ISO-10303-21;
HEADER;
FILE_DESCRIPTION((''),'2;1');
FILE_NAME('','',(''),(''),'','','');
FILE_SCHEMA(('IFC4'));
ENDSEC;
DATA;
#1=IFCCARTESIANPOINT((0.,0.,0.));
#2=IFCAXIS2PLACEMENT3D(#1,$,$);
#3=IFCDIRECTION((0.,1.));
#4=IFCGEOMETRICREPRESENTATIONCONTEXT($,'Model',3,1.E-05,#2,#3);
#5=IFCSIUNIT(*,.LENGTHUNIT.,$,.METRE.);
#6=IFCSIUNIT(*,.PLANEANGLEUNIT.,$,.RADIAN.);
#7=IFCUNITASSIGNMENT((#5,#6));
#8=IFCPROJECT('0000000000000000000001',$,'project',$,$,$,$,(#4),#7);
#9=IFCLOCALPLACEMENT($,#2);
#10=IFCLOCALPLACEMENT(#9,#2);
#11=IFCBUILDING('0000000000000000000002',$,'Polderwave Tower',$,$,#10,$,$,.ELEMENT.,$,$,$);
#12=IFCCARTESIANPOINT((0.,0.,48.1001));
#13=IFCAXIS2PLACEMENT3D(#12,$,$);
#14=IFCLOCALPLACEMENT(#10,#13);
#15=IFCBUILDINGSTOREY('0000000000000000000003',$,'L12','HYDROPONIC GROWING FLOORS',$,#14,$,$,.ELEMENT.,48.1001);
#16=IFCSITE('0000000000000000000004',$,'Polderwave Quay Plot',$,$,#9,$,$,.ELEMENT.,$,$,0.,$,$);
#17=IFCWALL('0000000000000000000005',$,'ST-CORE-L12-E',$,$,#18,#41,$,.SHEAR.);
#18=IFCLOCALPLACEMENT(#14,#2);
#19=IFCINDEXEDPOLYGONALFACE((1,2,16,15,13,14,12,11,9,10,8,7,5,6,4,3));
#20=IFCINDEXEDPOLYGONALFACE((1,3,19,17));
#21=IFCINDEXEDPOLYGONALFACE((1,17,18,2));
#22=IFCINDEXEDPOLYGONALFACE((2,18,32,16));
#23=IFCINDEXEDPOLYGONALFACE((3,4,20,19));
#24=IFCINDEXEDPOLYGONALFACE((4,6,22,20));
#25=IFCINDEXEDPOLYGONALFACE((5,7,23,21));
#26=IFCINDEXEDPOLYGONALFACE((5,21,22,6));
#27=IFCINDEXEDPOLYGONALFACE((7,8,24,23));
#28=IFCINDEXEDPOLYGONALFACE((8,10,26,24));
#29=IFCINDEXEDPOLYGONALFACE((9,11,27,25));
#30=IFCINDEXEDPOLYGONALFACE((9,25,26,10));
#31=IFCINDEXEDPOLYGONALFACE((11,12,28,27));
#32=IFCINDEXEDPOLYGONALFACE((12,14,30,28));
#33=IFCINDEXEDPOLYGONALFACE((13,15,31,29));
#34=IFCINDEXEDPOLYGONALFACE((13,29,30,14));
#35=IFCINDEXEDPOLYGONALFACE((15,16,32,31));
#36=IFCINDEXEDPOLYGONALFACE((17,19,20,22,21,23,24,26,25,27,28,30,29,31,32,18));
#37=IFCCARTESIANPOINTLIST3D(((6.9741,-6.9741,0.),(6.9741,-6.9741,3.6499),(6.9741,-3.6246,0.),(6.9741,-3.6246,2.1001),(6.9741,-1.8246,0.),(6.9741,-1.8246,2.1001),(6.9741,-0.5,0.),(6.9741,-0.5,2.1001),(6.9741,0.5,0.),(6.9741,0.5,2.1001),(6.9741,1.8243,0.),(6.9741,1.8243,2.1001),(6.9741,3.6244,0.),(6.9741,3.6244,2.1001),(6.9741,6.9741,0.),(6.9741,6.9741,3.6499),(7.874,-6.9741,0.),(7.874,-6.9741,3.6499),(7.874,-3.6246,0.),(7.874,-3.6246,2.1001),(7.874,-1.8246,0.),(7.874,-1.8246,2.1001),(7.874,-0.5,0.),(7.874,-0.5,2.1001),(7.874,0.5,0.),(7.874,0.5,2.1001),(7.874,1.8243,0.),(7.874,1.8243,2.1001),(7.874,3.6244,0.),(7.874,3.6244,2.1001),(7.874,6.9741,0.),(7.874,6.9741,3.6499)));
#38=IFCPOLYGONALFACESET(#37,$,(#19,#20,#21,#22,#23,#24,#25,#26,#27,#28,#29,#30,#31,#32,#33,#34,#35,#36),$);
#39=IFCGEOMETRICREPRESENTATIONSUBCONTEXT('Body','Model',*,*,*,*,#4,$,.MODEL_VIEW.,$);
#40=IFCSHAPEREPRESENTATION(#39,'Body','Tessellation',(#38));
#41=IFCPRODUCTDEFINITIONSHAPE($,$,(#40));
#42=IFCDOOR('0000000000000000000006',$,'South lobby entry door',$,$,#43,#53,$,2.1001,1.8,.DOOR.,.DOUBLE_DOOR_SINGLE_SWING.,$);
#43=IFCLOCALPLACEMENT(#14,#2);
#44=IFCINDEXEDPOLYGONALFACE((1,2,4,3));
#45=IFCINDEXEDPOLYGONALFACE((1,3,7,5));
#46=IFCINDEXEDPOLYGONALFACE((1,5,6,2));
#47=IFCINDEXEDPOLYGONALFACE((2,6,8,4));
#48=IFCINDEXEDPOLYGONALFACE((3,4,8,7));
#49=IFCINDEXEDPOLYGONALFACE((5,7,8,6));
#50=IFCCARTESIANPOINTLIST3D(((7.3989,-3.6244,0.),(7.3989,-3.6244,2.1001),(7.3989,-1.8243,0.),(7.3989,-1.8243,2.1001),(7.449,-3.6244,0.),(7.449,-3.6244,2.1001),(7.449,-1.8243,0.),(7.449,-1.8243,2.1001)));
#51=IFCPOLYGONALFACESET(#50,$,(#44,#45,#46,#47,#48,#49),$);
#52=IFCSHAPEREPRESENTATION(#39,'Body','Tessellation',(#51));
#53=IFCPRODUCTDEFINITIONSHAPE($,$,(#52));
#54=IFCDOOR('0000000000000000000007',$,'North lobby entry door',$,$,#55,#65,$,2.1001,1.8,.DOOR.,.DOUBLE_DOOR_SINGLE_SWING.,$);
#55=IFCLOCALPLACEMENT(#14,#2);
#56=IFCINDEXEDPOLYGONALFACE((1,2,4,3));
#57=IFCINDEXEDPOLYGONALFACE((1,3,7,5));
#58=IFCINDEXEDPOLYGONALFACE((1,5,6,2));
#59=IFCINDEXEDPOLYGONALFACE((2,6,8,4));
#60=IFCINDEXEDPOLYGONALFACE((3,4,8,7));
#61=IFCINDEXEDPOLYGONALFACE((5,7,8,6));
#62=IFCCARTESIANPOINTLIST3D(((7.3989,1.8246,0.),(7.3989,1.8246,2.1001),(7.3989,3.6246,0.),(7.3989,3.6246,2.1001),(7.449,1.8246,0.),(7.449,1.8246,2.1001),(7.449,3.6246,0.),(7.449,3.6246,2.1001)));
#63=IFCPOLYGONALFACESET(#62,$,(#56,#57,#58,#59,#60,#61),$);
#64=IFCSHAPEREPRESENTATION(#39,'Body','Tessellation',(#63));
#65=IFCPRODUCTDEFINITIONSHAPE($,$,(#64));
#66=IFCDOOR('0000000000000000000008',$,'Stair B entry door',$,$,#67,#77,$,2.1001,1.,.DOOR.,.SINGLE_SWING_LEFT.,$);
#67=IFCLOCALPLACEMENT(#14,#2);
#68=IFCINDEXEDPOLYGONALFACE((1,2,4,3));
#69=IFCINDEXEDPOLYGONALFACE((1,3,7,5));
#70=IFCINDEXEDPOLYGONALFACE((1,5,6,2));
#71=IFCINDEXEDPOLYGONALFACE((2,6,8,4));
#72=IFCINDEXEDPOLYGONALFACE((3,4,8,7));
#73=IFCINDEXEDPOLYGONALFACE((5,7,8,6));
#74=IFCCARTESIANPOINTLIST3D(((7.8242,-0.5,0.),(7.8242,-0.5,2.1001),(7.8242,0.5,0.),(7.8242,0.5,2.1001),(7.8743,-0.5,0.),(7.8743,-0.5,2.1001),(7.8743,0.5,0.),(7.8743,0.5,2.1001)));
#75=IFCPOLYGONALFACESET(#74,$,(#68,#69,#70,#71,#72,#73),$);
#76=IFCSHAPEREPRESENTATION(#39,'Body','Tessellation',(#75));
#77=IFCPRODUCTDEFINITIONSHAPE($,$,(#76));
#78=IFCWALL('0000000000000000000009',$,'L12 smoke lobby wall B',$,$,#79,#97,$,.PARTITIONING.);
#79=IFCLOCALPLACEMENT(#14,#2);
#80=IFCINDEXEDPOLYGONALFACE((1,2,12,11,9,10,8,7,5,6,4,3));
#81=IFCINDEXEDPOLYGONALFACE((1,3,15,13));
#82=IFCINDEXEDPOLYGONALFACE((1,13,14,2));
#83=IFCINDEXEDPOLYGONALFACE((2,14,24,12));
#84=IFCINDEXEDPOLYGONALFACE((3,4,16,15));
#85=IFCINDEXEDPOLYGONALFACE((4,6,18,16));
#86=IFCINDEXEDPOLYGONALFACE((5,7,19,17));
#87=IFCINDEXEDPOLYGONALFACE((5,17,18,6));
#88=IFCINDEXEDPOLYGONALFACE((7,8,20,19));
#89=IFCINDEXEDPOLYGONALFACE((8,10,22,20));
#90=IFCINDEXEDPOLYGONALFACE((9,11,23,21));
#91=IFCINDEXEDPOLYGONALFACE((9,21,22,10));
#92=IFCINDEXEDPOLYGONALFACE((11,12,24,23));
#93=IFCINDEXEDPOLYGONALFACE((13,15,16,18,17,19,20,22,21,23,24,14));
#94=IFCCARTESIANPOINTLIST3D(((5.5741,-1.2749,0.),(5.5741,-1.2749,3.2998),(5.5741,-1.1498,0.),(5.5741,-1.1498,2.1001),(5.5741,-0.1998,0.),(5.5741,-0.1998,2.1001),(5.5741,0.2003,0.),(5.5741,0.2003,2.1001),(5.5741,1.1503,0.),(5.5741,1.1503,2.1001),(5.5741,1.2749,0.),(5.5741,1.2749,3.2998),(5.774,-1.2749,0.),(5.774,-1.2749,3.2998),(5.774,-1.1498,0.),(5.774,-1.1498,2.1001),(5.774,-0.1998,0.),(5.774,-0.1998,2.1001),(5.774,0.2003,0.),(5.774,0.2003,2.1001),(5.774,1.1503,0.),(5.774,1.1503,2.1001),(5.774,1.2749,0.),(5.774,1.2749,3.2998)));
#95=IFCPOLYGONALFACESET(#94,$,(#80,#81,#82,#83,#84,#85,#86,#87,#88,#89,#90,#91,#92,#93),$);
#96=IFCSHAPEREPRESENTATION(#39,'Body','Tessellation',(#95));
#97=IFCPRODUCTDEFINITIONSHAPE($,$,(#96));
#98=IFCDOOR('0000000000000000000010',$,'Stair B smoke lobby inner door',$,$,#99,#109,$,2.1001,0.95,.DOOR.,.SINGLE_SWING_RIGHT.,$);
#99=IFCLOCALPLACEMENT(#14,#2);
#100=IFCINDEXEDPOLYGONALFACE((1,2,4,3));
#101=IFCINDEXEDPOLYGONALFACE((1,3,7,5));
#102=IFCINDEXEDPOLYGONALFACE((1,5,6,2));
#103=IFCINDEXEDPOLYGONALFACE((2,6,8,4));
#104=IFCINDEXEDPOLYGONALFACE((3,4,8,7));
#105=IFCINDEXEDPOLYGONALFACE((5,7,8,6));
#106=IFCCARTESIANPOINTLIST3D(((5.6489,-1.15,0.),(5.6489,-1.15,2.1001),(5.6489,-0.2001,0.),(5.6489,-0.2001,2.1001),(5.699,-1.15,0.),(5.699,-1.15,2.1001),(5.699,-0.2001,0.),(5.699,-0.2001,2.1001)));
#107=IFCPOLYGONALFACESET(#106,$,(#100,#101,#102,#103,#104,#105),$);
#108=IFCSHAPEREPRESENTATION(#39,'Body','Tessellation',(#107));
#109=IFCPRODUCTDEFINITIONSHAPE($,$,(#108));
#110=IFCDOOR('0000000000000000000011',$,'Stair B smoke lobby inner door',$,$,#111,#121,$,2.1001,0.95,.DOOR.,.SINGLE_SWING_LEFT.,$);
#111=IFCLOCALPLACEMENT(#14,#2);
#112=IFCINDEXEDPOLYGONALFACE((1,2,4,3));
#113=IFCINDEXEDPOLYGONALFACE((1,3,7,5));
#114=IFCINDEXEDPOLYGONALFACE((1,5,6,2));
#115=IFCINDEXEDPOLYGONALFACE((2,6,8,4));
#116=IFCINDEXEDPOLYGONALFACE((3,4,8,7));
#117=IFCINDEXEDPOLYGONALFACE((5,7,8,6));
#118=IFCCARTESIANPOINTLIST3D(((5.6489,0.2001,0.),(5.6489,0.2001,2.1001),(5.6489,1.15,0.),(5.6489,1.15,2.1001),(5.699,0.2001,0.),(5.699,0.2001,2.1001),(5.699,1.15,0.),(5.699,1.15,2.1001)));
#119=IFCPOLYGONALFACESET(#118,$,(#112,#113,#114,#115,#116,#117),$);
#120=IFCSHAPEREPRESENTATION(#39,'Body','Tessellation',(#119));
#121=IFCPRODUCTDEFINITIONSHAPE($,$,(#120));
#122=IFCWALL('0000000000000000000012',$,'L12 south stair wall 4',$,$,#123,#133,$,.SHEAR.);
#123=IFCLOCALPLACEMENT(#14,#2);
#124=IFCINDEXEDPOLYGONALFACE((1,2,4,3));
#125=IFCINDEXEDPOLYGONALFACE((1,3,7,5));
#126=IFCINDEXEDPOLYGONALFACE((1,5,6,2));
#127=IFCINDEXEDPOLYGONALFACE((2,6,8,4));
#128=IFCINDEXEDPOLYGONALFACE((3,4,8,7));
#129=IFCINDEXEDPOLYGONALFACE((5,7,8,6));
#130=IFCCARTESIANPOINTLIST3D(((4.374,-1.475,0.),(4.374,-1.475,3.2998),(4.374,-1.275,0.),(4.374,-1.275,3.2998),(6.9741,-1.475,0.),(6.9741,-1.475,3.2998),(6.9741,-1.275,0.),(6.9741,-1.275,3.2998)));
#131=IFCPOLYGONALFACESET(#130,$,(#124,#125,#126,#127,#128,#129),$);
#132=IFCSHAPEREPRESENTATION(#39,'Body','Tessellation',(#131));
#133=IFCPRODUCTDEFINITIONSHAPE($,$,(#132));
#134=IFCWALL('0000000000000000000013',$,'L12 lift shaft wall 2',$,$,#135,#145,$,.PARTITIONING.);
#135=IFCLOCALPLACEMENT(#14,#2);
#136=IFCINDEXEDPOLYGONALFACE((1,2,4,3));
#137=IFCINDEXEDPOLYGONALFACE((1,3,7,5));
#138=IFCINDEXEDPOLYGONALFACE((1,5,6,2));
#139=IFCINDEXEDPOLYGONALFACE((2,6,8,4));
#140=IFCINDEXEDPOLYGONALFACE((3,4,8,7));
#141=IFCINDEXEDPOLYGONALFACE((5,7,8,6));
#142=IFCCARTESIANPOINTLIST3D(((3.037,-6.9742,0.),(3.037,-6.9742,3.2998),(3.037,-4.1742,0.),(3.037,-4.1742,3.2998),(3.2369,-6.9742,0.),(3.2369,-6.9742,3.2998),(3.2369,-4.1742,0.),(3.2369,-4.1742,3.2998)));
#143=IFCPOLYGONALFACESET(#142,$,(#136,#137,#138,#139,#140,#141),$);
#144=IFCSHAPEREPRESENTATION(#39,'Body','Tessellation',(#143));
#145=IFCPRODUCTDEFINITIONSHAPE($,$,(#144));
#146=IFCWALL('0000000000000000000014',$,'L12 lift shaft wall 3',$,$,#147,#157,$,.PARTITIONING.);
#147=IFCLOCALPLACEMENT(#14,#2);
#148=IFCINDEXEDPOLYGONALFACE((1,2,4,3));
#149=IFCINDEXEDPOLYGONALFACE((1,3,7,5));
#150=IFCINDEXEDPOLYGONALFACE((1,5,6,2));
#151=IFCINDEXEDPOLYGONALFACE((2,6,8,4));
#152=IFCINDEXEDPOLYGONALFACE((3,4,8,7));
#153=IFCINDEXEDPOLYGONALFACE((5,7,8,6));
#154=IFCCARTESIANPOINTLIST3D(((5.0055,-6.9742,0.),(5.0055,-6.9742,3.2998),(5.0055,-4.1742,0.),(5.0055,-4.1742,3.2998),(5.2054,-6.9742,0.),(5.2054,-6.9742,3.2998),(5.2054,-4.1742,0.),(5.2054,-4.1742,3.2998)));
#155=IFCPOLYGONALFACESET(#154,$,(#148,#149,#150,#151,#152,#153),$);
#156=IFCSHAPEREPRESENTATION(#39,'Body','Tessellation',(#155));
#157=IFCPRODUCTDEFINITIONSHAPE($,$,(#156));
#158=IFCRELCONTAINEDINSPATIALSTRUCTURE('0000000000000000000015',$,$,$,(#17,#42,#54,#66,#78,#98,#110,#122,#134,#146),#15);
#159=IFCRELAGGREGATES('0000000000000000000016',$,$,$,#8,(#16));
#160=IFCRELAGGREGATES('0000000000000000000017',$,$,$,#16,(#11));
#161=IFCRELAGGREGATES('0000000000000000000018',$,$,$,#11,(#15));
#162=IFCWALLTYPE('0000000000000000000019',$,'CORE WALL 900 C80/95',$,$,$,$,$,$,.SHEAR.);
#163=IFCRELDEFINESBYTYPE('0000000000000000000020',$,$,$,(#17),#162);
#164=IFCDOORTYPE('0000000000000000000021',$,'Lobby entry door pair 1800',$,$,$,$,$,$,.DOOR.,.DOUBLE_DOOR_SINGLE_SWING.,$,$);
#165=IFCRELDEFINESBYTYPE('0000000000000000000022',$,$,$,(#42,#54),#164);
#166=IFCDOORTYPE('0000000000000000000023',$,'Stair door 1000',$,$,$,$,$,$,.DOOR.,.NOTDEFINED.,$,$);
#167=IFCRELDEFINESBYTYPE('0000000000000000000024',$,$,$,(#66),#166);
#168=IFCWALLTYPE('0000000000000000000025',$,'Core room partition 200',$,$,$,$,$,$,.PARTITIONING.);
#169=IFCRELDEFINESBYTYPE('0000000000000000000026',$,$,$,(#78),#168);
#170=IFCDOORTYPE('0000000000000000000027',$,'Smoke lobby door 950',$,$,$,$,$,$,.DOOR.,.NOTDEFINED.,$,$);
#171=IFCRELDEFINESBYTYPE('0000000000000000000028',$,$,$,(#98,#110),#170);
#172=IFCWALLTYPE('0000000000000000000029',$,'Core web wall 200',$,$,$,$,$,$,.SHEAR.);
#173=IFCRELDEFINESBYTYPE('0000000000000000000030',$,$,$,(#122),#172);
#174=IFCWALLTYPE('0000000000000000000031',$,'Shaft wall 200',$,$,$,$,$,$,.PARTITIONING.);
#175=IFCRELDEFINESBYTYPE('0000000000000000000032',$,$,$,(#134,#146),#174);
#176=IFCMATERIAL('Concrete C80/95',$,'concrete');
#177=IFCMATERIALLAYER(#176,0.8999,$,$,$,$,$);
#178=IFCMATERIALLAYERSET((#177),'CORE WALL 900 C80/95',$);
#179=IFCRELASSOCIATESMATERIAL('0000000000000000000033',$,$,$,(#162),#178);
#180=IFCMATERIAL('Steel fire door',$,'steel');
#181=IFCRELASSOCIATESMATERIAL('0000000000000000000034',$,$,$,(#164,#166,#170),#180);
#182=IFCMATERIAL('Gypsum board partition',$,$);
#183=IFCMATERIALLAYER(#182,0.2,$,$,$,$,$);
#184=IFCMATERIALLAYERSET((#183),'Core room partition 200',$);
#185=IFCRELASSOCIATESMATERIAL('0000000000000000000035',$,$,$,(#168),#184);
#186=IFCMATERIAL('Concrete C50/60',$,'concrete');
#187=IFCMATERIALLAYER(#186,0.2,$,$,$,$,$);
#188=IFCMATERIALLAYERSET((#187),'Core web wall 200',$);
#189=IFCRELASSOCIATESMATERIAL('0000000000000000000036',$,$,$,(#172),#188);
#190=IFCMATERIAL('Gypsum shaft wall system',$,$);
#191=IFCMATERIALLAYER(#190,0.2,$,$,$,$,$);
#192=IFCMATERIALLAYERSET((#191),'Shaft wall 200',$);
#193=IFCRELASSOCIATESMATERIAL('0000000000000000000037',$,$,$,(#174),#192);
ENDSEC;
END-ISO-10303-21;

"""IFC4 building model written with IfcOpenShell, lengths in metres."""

from ifc_helpers import new_model, si_unit, direction, frame, frame_2d, origin, place, context, subcontext, project, spatial, rectangle, extrude, material, layer, layer_set, type_object, element, fill, save


model = new_model("IFC4")

# Units and contexts
model_context = context("Model", 3, precision=1e-05, world=origin(), true_north=direction((0.0, 1.0)))
body_context = subcontext(model_context, "Body", "Model", "MODEL_VIEW")
ifc_project = project(units=[si_unit("LENGTHUNIT", "METRE"), si_unit("PLANEANGLEUNIT", "RADIAN")], contexts=[model_context])

# Site, building, storey
site_placement = place(None, origin())
site = spatial("IfcSite", under=ifc_project, at=site_placement, Name="Polderwave Quay Plot", CompositionType="ELEMENT", RefElevation=0.0)
building_placement = place(site_placement, origin())
building = spatial("IfcBuilding", under=site, at=building_placement, Name="Polderwave Tower", CompositionType="ELEMENT")
storey_placement = place(building_placement, frame((0.0, 0.0, 48.1001)))
storey = spatial("IfcBuildingStorey", under=building, at=storey_placement, Name="L12", Description="HYDROPONIC GROWING FLOORS", CompositionType="ELEMENT", Elevation=48.1001)

# Walls, openings, doors
ifc_material_1 = material(Name="Concrete C80/95", Category="concrete")
ifc_layer_1 = layer(ifc_material_1, 0.8999)
ifc_layer_set_1 = layer_set([ifc_layer_1], Name="CORE WALL 900 C80/95")
wall_type_1 = type_object("IfcWallType", Name="CORE WALL 900 C80/95", PredefinedType="SHEAR", material=ifc_layer_set_1)
wall_1_placement = place(storey_placement, frame((7.4241, -6.9741, 0.0), z_axis=(0.0, 0.0, 1.0), x_axis=(0.0, 1.0, 0.0)))
wall_1 = element("IfcWall", 1, at=wall_1_placement, inside=storey, type_object=wall_type_1, Name="ST-CORE-L12-E", PredefinedType="SHEAR", context=body_context, shape_type="SweptSolid", body=[
    extrude(rectangle(XDim=13.9482, YDim=0.8999, at=frame_2d((6.9741, 0.0))), origin(), (0.0, 0.0, 1.0), 3.6499),
])
opening_1_placement = place(wall_1_placement, frame((6.4741, 0.0, 0.0)))
opening_1 = element("IfcOpeningElement", 2, at=opening_1_placement, cuts=wall_1, PredefinedType="OPENING", context=body_context, shape_type="SweptSolid", body=[
    extrude(rectangle(XDim=1.0, YDim=2.1001, at=frame_2d((0.5, 1.05))), frame((0.0, 0.46, 0.0), z_axis=(0.0, -1.0, 0.0), x_axis=(1.0, 0.0, 0.0)), (0.0, 0.0, 1.0), 0.9199),
])
opening_2_placement = place(wall_1_placement, frame((3.3496, 0.0, 0.0)))
opening_2 = element("IfcOpeningElement", 3, at=opening_2_placement, cuts=wall_1, PredefinedType="OPENING", context=body_context, shape_type="SweptSolid", body=[
    extrude(rectangle(XDim=1.8, YDim=2.1001, at=frame_2d((0.8999, 1.05))), frame((0.0, 0.46, 0.0), z_axis=(0.0, -1.0, 0.0), x_axis=(1.0, 0.0, 0.0)), (0.0, 0.0, 1.0), 0.9199),
])
opening_3_placement = place(wall_1_placement, frame((8.7986, 0.0, 0.0)))
opening_3 = element("IfcOpeningElement", 4, at=opening_3_placement, cuts=wall_1, PredefinedType="OPENING", context=body_context, shape_type="SweptSolid", body=[
    extrude(rectangle(XDim=1.8, YDim=2.1001, at=frame_2d((0.8999, 1.05))), frame((0.0, 0.46, 0.0), z_axis=(0.0, -1.0, 0.0), x_axis=(1.0, 0.0, 0.0)), (0.0, 0.0, 1.0), 0.9199),
])
ifc_material_2 = material(Name="Steel fire door", Category="steel")
door_type_1 = type_object("IfcDoorType", Name="Lobby entry door pair 1800", OperationType="DOUBLE_DOOR_SINGLE_SWING", PredefinedType="DOOR", material=ifc_material_2)
door_1_placement = place(opening_2_placement, frame((1.8, 0.0, 0.0), z_axis=(0.0, 0.0, 1.0), x_axis=(-1.0, 0.0, 0.0)))
door_1 = element("IfcDoor", 5, at=door_1_placement, inside=storey, type_object=door_type_1, Name="South lobby entry door", OperationType="DOUBLE_DOOR_SINGLE_SWING", OverallHeight=2.1001, OverallWidth=1.8, PredefinedType="DOOR", context=body_context, shape_type="SweptSolid", body=[
    extrude(rectangle(XDim=1.8, YDim=2.1001, at=frame_2d((0.8999, 1.05))), frame((0.0, 0.0249, 0.0), z_axis=(0.0, -1.0, 0.0), x_axis=(1.0, 0.0, 0.0)), (0.0, 0.0, 1.0), 0.05),
])
fill(opening_2, door_1)
door_2_placement = place(opening_3_placement, frame((1.8, 0.0, 0.0), z_axis=(0.0, 0.0, 1.0), x_axis=(-1.0, 0.0, 0.0)))
door_2 = element("IfcDoor", 6, at=door_2_placement, inside=storey, type_object=door_type_1, Name="North lobby entry door", OperationType="DOUBLE_DOOR_SINGLE_SWING", OverallHeight=2.1001, OverallWidth=1.8, PredefinedType="DOOR", context=body_context, shape_type="SweptSolid", body=[
    extrude(rectangle(XDim=1.8, YDim=2.1001, at=frame_2d((0.8999, 1.05))), frame((0.0, 0.0249, 0.0), z_axis=(0.0, -1.0, 0.0), x_axis=(1.0, 0.0, 0.0)), (0.0, 0.0, 1.0), 0.05),
])
fill(opening_3, door_2)
door_type_2 = type_object("IfcDoorType", Name="Stair door 1000", OperationType="NOTDEFINED", PredefinedType="DOOR", material=ifc_material_2)
door_3_placement = place(opening_1_placement, frame((1.0, 0.0, 0.0), z_axis=(0.0, 0.0, 1.0), x_axis=(-1.0, 0.0, 0.0)))
door_3 = element("IfcDoor", 7, at=door_3_placement, inside=storey, type_object=door_type_2, Name="Stair B entry door", OperationType="SINGLE_SWING_LEFT", OverallHeight=2.1001, OverallWidth=1.0, PredefinedType="DOOR", context=body_context, shape_type="SweptSolid", body=[
    extrude(rectangle(XDim=1.0, YDim=2.1001, at=frame_2d((0.5, 1.05))), frame((0.0, 0.4502, 0.0), z_axis=(0.0, -1.0, 0.0), x_axis=(1.0, 0.0, 0.0)), (0.0, 0.0, 1.0), 0.05),
])
fill(opening_1, door_3)
ifc_material_3 = material(Name="Gypsum board partition")
ifc_layer_2 = layer(ifc_material_3, 0.2)
ifc_layer_set_2 = layer_set([ifc_layer_2], Name="Core room partition 200")
wall_type_2 = type_object("IfcWallType", Name="Core room partition 200", PredefinedType="PARTITIONING", material=ifc_layer_set_2)
wall_2_placement = place(storey_placement, frame((5.6741, -1.2749, 0.0), z_axis=(0.0, 0.0, 1.0), x_axis=(0.0, 1.0, 0.0)))
wall_2 = element("IfcWall", 8, at=wall_2_placement, inside=storey, type_object=wall_type_2, Name="L12 smoke lobby wall B", PredefinedType="PARTITIONING", context=body_context, shape_type="SweptSolid", body=[
    extrude(rectangle(XDim=2.5498, YDim=0.2, at=frame_2d((1.2749, 0.0))), origin(), (0.0, 0.0, 1.0), 3.2998),
])
opening_4_placement = place(wall_2_placement, frame((0.125, 0.0, 0.0)))
opening_4 = element("IfcOpeningElement", 9, at=opening_4_placement, cuts=wall_2, PredefinedType="OPENING", context=body_context, shape_type="SweptSolid", body=[
    extrude(rectangle(XDim=0.95, YDim=2.1001, at=frame_2d((0.4751, 1.05))), frame((0.0, 0.1099, 0.0), z_axis=(0.0, -1.0, 0.0), x_axis=(1.0, 0.0, 0.0)), (0.0, 0.0, 1.0), 0.22),
])
opening_5_placement = place(wall_2_placement, frame((1.4751, 0.0, 0.0)))
opening_5 = element("IfcOpeningElement", 10, at=opening_5_placement, cuts=wall_2, PredefinedType="OPENING", context=body_context, shape_type="SweptSolid", body=[
    extrude(rectangle(XDim=0.95, YDim=2.1001, at=frame_2d((0.4751, 1.05))), frame((0.0, 0.1099, 0.0), z_axis=(0.0, -1.0, 0.0), x_axis=(1.0, 0.0, 0.0)), (0.0, 0.0, 1.0), 0.22),
])
door_type_3 = type_object("IfcDoorType", Name="Smoke lobby door 950", OperationType="NOTDEFINED", PredefinedType="DOOR", material=ifc_material_2)
door_4_placement = place(opening_4_placement, frame((0.95, 0.0, 0.0), z_axis=(0.0, 0.0, 1.0), x_axis=(-1.0, 0.0, 0.0)))
door_4 = element("IfcDoor", 11, at=door_4_placement, inside=storey, type_object=door_type_3, Name="Stair B smoke lobby inner door", OperationType="SINGLE_SWING_RIGHT", OverallHeight=2.1001, OverallWidth=0.95, PredefinedType="DOOR", context=body_context, shape_type="SweptSolid", body=[
    extrude(rectangle(XDim=0.95, YDim=2.1001, at=frame_2d((0.4751, 1.05))), frame((0.0, 0.0249, 0.0), z_axis=(0.0, -1.0, 0.0), x_axis=(1.0, 0.0, 0.0)), (0.0, 0.0, 1.0), 0.05),
])
fill(opening_4, door_4)
door_5_placement = place(opening_5_placement, frame((0.95, 0.0, 0.0), z_axis=(0.0, 0.0, 1.0), x_axis=(-1.0, 0.0, 0.0)))
door_5 = element("IfcDoor", 12, at=door_5_placement, inside=storey, type_object=door_type_3, Name="Stair B smoke lobby inner door", OperationType="SINGLE_SWING_LEFT", OverallHeight=2.1001, OverallWidth=0.95, PredefinedType="DOOR", context=body_context, shape_type="SweptSolid", body=[
    extrude(rectangle(XDim=0.95, YDim=2.1001, at=frame_2d((0.4751, 1.05))), frame((0.0, 0.0249, 0.0), z_axis=(0.0, -1.0, 0.0), x_axis=(1.0, 0.0, 0.0)), (0.0, 0.0, 1.0), 0.05),
])
fill(opening_5, door_5)

# Walls
ifc_material_4 = material(Name="Concrete C50/60", Category="concrete")
ifc_layer_3 = layer(ifc_material_4, 0.2)
ifc_layer_set_3 = layer_set([ifc_layer_3], Name="Core web wall 200")
wall_type_3 = type_object("IfcWallType", Name="Core web wall 200", PredefinedType="SHEAR", material=ifc_layer_set_3)
wall_3_placement = place(storey_placement, frame((4.374, -1.375, 0.0), z_axis=(0.0, 0.0, 1.0), x_axis=(1.0, 0.0, 0.0)))
element("IfcWall", 13, at=wall_3_placement, inside=storey, type_object=wall_type_3, Name="L12 south stair wall 4", PredefinedType="SHEAR", context=body_context, shape_type="SweptSolid", body=[
    extrude(rectangle(XDim=2.6001, YDim=0.2, at=frame_2d((1.3, 0.0))), origin(), (0.0, 0.0, 1.0), 3.2998),
])
ifc_material_5 = material(Name="Gypsum shaft wall system")
ifc_layer_4 = layer(ifc_material_5, 0.2)
ifc_layer_set_4 = layer_set([ifc_layer_4], Name="Shaft wall 200")
wall_type_4 = type_object("IfcWallType", Name="Shaft wall 200", PredefinedType="PARTITIONING", material=ifc_layer_set_4)
for number, where, z_axis, x_axis, name in (
    (14, (3.137, -6.9741, 0.0), (0.0, 0.0, 1.0), (0.0, 1.0, 0.0), "L12 lift shaft wall 2"),
    (15, (5.1055, -6.9741, 0.0), (0.0, 0.0, 1.0), (0.0, 1.0, 0.0), "L12 lift shaft wall 3"),
):
    element("IfcWall", number, at=place(storey_placement, frame(where, z_axis=z_axis, x_axis=x_axis)), inside=storey, type_object=wall_type_4, Name=name, PredefinedType="PARTITIONING", context=body_context, shape_type="SweptSolid", body=[
        extrude(rectangle(XDim=2.8, YDim=0.2, at=frame_2d((1.3999, 0.0))), origin(), (0.0, 0.0, 1.0), 3.2998),
    ])

save(model, "model.ifc")
